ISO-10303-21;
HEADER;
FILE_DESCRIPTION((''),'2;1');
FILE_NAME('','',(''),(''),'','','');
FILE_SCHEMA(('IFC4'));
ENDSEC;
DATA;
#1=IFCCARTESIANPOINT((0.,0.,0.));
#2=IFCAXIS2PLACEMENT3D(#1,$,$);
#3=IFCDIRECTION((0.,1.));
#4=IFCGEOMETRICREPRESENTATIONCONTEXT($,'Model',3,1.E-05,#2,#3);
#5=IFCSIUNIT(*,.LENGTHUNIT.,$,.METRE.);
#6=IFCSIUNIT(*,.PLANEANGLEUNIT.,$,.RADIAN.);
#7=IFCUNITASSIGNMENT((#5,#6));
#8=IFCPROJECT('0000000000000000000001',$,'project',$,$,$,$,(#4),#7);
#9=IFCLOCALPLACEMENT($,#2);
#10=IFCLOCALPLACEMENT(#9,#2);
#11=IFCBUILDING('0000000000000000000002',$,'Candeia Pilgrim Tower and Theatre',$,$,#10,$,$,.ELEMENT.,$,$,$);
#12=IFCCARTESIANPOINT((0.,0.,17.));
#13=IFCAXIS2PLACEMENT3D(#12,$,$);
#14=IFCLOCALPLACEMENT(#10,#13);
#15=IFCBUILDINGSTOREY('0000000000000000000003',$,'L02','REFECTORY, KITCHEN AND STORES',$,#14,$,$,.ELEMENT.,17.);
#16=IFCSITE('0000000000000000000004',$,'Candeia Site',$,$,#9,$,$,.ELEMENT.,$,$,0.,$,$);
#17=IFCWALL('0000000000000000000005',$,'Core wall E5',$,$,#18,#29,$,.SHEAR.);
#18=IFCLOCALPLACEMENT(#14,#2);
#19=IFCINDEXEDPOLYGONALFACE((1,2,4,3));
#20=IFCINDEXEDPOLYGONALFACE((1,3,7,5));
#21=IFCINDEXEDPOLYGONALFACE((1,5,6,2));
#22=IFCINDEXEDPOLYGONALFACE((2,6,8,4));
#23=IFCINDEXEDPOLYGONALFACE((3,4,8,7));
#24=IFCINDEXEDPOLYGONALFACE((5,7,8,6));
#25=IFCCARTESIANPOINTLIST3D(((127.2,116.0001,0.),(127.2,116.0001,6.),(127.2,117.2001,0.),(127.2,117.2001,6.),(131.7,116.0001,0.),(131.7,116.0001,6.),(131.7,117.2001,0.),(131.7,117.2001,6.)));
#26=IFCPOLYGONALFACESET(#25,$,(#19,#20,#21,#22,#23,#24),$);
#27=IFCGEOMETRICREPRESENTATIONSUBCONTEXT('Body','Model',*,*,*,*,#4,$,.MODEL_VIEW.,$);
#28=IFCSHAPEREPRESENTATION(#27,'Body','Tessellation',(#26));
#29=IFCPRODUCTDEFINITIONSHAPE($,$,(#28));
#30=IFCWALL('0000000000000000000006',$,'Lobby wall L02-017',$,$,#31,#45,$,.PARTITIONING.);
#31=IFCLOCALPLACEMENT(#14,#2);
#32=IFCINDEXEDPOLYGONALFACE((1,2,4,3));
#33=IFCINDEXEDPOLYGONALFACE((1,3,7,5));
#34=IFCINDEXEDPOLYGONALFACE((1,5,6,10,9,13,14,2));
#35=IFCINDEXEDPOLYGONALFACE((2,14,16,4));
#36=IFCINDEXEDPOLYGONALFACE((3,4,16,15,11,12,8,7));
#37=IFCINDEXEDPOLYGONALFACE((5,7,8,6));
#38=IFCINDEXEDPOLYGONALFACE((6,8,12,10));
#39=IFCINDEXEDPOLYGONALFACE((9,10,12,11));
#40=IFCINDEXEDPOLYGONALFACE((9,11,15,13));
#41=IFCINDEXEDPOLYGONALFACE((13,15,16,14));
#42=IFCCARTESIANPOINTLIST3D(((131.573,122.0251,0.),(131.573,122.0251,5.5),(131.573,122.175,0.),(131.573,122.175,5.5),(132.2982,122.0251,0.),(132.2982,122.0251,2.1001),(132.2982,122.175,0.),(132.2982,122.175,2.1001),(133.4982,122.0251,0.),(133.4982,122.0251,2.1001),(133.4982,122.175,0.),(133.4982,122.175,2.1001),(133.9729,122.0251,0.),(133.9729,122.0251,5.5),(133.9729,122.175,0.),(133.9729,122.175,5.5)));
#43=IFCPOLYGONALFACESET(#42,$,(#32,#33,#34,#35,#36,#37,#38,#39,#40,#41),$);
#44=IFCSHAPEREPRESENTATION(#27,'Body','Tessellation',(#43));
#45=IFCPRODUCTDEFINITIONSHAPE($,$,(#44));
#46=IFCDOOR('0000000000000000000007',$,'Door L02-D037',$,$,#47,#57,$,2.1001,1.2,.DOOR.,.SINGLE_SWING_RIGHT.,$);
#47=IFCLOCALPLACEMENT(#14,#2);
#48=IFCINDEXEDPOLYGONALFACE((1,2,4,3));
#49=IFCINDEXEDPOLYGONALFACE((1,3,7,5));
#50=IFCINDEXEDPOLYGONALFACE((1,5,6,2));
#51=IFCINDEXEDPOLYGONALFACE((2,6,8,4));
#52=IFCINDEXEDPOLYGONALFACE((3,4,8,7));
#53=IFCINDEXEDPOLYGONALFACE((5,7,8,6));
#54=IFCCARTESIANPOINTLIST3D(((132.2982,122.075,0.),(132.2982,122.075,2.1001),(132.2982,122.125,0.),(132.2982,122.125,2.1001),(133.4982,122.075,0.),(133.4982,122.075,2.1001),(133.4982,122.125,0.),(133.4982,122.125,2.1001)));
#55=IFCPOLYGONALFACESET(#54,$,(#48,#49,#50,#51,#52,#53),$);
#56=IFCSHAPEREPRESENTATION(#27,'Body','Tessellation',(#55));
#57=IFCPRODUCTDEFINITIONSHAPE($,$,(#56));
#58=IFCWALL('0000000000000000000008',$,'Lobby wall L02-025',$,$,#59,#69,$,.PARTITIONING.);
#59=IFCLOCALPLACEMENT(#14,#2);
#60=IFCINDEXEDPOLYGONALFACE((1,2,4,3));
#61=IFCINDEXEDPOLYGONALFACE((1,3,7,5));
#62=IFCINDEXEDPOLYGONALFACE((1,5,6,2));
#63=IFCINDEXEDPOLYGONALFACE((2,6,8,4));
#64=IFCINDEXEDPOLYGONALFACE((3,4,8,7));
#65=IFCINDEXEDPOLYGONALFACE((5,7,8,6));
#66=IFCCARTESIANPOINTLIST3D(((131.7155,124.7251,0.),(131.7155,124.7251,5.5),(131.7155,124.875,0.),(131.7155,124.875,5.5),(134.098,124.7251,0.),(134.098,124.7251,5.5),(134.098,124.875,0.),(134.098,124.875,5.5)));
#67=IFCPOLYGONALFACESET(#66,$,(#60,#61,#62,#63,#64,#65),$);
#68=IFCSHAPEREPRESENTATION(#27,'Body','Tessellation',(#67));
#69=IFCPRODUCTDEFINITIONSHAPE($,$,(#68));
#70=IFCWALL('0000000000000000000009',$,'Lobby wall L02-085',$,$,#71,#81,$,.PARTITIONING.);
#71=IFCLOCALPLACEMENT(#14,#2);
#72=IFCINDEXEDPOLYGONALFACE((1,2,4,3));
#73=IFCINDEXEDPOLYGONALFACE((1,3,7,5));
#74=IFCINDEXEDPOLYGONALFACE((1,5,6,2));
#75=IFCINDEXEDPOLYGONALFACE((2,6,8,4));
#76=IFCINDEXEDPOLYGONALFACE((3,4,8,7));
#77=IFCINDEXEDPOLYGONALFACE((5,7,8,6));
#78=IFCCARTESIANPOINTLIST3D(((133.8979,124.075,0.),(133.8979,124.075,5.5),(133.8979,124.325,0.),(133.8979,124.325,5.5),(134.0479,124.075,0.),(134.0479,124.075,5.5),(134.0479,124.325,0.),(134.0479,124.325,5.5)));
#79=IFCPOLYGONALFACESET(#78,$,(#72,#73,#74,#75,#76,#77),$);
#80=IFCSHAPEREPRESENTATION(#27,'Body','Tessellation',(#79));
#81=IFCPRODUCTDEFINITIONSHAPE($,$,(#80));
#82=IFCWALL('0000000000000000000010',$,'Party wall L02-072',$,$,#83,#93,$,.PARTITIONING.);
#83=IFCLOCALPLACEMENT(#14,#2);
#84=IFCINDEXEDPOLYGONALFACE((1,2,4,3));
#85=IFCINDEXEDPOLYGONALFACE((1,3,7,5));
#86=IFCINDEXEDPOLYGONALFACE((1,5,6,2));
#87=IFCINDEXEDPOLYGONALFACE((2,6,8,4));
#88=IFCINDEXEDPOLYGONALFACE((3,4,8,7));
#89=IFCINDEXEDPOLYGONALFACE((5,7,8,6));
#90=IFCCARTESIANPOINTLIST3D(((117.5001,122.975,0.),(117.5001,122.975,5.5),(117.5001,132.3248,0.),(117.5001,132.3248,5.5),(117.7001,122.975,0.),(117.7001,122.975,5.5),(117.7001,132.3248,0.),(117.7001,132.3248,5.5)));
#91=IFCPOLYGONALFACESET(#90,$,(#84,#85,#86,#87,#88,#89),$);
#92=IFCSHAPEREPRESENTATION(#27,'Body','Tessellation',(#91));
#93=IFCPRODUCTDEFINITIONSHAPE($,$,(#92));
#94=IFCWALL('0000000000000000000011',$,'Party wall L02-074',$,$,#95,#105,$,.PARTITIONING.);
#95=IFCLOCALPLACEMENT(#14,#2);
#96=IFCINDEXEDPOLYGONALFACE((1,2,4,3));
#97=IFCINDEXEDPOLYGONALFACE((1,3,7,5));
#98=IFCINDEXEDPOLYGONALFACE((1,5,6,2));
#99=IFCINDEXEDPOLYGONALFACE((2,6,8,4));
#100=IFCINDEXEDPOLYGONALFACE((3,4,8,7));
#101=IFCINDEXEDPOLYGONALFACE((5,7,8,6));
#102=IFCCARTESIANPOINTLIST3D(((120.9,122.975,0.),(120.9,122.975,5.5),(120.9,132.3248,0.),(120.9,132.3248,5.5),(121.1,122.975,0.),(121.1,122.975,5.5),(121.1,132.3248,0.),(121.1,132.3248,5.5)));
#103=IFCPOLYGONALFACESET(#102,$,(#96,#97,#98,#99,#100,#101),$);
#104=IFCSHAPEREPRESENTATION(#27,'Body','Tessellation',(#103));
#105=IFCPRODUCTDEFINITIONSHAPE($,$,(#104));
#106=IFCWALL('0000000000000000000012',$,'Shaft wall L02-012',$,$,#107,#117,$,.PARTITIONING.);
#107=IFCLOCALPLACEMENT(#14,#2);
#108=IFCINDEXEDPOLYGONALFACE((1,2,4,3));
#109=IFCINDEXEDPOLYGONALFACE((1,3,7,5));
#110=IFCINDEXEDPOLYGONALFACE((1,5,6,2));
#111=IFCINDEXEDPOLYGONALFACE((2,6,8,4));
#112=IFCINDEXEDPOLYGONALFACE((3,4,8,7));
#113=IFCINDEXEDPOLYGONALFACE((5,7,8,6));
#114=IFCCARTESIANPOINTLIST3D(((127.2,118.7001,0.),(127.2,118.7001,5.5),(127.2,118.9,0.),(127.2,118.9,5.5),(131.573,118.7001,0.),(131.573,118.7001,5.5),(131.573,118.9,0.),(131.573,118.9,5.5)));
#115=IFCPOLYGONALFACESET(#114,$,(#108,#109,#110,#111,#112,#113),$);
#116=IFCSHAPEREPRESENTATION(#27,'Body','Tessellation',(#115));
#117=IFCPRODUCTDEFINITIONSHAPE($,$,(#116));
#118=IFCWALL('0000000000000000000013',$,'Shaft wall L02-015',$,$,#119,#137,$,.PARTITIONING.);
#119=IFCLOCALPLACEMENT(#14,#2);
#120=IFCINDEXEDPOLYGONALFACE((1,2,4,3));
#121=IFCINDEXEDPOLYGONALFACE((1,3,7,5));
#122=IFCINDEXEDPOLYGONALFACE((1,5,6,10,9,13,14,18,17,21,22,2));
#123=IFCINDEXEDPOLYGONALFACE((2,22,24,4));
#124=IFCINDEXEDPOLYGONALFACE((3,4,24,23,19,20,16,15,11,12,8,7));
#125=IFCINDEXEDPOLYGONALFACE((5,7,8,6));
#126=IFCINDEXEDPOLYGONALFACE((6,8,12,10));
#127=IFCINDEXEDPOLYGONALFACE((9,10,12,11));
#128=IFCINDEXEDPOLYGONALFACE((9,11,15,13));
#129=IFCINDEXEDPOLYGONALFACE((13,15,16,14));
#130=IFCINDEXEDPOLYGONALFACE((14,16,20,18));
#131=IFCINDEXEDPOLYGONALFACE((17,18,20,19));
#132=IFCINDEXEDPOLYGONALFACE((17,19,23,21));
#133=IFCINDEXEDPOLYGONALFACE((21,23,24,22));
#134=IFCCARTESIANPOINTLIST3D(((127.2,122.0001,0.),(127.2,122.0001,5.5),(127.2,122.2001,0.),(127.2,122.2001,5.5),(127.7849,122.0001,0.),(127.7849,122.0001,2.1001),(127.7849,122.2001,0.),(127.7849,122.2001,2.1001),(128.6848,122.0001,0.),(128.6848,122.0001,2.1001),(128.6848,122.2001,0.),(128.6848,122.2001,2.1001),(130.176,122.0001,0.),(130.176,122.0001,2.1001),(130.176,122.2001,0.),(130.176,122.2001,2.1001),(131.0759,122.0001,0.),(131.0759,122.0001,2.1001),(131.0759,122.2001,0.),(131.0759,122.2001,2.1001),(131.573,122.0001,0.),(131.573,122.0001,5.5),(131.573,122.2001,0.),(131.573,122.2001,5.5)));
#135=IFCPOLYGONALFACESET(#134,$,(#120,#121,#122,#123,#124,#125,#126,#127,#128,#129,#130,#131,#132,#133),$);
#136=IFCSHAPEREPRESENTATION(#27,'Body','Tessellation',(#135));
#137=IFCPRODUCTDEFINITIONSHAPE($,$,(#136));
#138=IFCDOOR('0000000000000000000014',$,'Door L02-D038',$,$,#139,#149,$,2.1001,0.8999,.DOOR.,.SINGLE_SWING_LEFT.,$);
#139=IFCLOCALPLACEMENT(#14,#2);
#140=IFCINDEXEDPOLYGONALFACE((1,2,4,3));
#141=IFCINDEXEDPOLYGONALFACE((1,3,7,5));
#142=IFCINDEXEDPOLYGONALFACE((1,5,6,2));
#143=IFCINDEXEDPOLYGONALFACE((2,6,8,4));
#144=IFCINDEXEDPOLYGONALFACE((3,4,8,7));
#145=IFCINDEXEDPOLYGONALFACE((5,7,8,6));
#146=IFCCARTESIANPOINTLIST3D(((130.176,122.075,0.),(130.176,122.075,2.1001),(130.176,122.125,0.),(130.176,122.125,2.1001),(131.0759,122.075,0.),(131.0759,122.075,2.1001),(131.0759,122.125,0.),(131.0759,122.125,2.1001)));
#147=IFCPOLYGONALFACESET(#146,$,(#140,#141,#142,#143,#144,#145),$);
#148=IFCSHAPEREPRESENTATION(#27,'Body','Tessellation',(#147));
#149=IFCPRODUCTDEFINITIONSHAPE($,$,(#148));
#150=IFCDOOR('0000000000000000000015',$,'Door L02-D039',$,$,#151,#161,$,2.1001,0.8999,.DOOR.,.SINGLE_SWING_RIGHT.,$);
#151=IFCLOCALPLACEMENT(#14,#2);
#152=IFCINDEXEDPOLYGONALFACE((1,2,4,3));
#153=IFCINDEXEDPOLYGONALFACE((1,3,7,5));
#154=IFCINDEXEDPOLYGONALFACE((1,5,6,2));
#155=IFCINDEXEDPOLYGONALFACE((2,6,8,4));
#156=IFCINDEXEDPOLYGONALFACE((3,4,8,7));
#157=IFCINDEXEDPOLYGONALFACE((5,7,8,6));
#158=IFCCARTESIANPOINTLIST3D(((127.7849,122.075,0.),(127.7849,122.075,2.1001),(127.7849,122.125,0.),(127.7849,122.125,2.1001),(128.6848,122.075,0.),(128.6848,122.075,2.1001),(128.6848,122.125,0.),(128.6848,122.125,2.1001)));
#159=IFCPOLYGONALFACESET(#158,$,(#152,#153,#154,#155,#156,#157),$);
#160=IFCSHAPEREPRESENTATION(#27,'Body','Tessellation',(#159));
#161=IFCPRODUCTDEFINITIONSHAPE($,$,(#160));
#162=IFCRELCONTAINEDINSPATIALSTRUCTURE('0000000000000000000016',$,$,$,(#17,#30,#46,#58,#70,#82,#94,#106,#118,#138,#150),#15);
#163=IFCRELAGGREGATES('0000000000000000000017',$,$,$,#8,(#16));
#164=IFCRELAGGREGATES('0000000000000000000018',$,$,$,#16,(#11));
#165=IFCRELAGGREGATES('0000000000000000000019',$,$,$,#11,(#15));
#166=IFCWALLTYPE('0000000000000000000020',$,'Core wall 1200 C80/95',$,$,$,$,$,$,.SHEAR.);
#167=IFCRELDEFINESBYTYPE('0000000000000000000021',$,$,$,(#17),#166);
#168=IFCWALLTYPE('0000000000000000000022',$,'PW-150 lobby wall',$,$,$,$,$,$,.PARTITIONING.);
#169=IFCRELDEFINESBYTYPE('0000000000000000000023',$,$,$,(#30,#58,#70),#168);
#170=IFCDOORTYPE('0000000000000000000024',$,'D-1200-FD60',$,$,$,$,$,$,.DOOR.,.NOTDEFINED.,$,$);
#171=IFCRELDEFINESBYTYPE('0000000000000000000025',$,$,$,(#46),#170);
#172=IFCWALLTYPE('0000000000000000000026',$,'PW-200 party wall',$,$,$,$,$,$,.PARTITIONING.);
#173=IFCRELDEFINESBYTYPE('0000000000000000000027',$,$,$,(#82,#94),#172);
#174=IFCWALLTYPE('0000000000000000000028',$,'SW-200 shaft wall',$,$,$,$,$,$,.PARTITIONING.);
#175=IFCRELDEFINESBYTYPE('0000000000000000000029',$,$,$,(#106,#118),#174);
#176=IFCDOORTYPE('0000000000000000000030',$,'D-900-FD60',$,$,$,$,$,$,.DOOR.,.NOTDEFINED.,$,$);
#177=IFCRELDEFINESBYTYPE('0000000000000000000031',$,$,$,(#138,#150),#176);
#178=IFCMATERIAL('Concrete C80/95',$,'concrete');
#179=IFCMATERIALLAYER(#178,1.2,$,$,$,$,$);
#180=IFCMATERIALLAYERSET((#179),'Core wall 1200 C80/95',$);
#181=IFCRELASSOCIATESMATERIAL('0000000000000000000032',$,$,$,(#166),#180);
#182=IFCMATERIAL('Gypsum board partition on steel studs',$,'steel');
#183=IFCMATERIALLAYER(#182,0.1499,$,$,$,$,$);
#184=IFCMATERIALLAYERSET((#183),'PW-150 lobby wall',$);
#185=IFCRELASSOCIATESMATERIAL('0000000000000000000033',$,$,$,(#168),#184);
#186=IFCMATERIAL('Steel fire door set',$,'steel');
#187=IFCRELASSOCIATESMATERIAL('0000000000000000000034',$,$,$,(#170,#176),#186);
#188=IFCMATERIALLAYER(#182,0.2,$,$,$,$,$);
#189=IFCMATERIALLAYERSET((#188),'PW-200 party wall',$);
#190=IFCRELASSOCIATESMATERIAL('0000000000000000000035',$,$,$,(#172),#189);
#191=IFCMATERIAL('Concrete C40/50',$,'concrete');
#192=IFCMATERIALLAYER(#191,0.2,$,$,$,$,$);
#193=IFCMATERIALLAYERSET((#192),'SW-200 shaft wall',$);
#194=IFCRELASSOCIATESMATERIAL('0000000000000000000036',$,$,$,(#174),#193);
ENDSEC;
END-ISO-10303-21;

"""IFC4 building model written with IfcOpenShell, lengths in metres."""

from ifc_helpers import new_model, si_unit, direction, frame, frame_2d, origin, place, context, subcontext, project, spatial, rectangle, extrude, material, layer, layer_set, type_object, element, fill, save


model = new_model("IFC4")

# Units and contexts
model_context = context("Model", 3, precision=1e-05, world=origin(), true_north=direction((0.0, 1.0)))
body_context = subcontext(model_context, "Body", "Model", "MODEL_VIEW")
ifc_project = project(units=[si_unit("LENGTHUNIT", "METRE"), si_unit("PLANEANGLEUNIT", "RADIAN")], contexts=[model_context])

# Site, building, storey
site_placement = place(None, origin())
site = spatial("IfcSite", under=ifc_project, at=site_placement, Name="Candeia Site", CompositionType="ELEMENT", RefElevation=0.0)
building_placement = place(site_placement, origin())
building = spatial("IfcBuilding", under=site, at=building_placement, Name="Candeia Pilgrim Tower and Theatre", CompositionType="ELEMENT")
storey_placement = place(building_placement, frame((0.0, 0.0, 17.0)))
storey = spatial("IfcBuildingStorey", under=building, at=storey_placement, Name="L02", Description="REFECTORY, KITCHEN AND STORES", CompositionType="ELEMENT", Elevation=17.0)

# Wall
ifc_material_1 = material(Name="Concrete C80/95", Category="concrete")
ifc_layer_1 = layer(ifc_material_1, 1.2)
ifc_layer_set_1 = layer_set([ifc_layer_1], Name="Core wall 1200 C80/95")
wall_type_1 = type_object("IfcWallType", Name="Core wall 1200 C80/95", PredefinedType="SHEAR", material=ifc_layer_set_1)
wall_1_placement = place(storey_placement, frame((127.2, 116.6001, 0.0), z_axis=(0.0, 0.0, 1.0), x_axis=(1.0, 0.0, 0.0)))
element("IfcWall", 1, at=wall_1_placement, inside=storey, type_object=wall_type_1, Name="Core wall E5", PredefinedType="SHEAR", context=body_context, shape_type="SweptSolid", body=[
    extrude(rectangle(XDim=4.5, YDim=1.2, at=frame_2d((2.25, 0.0))), origin(), (0.0, 0.0, 1.0), 6.0),
])

# Wall, opening, door
ifc_material_2 = material(Name="Gypsum board partition on steel studs", Category="steel")
ifc_layer_2 = layer(ifc_material_2, 0.1499)
ifc_layer_set_2 = layer_set([ifc_layer_2], Name="PW-150 lobby wall")
wall_type_2 = type_object("IfcWallType", Name="PW-150 lobby wall", PredefinedType="PARTITIONING", material=ifc_layer_set_2)
wall_2_placement = place(storey_placement, frame((131.573, 122.1001, 0.0), z_axis=(0.0, 0.0, 1.0), x_axis=(1.0, 0.0, 0.0)))
wall_2 = element("IfcWall", 2, at=wall_2_placement, inside=storey, type_object=wall_type_2, Name="Lobby wall L02-017", PredefinedType="PARTITIONING", context=body_context, shape_type="SweptSolid", body=[
    extrude(rectangle(XDim=2.3999, YDim=0.1499, at=frame_2d((1.2, 0.0))), origin(), (0.0, 0.0, 1.0), 5.5),
])
opening_1_placement = place(wall_2_placement, frame((0.7251, 0.0, 0.0)))
opening_1 = element("IfcOpeningElement", 3, at=opening_1_placement, cuts=wall_2, PredefinedType="OPENING", context=body_context, shape_type="SweptSolid", body=[
    extrude(rectangle(XDim=1.2, YDim=2.1001, at=frame_2d((0.6001, 1.05))), frame((0.0, 0.085, 0.0), z_axis=(0.0, -1.0, 0.0), x_axis=(1.0, 0.0, 0.0)), (0.0, 0.0, 1.0), 0.1699),
])
ifc_material_3 = material(Name="Steel fire door set", Category="steel")
door_type_1 = type_object("IfcDoorType", Name="D-1200-FD60", OperationType="NOTDEFINED", PredefinedType="DOOR", material=ifc_material_3)
door_1_placement = place(opening_1_placement, origin())
door_1 = element("IfcDoor", 4, at=door_1_placement, inside=storey, type_object=door_type_1, Name="Door L02-D037", OperationType="SINGLE_SWING_RIGHT", OverallHeight=2.1001, OverallWidth=1.2, PredefinedType="DOOR", context=body_context, shape_type="SweptSolid", body=[
    extrude(rectangle(XDim=1.2, YDim=2.1001, at=frame_2d((0.6001, 1.05))), frame((0.0, 0.0249, 0.0), z_axis=(0.0, -1.0, 0.0), x_axis=(1.0, 0.0, 0.0)), (0.0, 0.0, 1.0), 0.05),
])
fill(opening_1, door_1)

# Walls
wall_3_placement = place(storey_placement, frame((131.7153, 124.8, 0.0), z_axis=(0.0, 0.0, 1.0), x_axis=(1.0, 0.0, 0.0)))
element("IfcWall", 5, at=wall_3_placement, inside=storey, type_object=wall_type_2, Name="Lobby wall L02-025", PredefinedType="PARTITIONING", context=body_context, shape_type="SweptSolid", body=[
    extrude(rectangle(XDim=2.3826, YDim=0.1499, at=frame_2d((1.1914, 0.0))), origin(), (0.0, 0.0, 1.0), 5.5),
])
wall_4_placement = place(storey_placement, frame((133.9729, 124.075, 0.0), z_axis=(0.0, 0.0, 1.0), x_axis=(0.0, 1.0, 0.0)))
element("IfcWall", 6, at=wall_4_placement, inside=storey, type_object=wall_type_2, Name="Lobby wall L02-085", PredefinedType="PARTITIONING", context=body_context, shape_type="SweptSolid", body=[
    extrude(rectangle(XDim=0.25, YDim=0.1499, at=frame_2d((0.125, 0.0))), origin(), (0.0, 0.0, 1.0), 5.5),
])
ifc_layer_3 = layer(ifc_material_2, 0.2)
ifc_layer_set_3 = layer_set([ifc_layer_3], Name="PW-200 party wall")
wall_type_3 = type_object("IfcWallType", Name="PW-200 party wall", PredefinedType="PARTITIONING", material=ifc_layer_set_3)
for number, where, z_axis, x_axis, name in (
    (7, (117.6001, 122.9751, 0.0), (0.0, 0.0, 1.0), (0.0, 1.0, 0.0), "Party wall L02-072"),
    (8, (121.0, 122.9751, 0.0), (0.0, 0.0, 1.0), (0.0, 1.0, 0.0), "Party wall L02-074"),
):
    element("IfcWall", number, at=place(storey_placement, frame(where, z_axis=z_axis, x_axis=x_axis)), inside=storey, type_object=wall_type_3, Name=name, PredefinedType="PARTITIONING", context=body_context, shape_type="SweptSolid", body=[
        extrude(rectangle(XDim=9.3499, YDim=0.2, at=frame_2d((4.6748, 0.0))), origin(), (0.0, 0.0, 1.0), 5.5),
    ])
ifc_material_4 = material(Name="Concrete C40/50", Category="concrete")
ifc_layer_4 = layer(ifc_material_4, 0.2)
ifc_layer_set_4 = layer_set([ifc_layer_4], Name="SW-200 shaft wall")
wall_type_4 = type_object("IfcWallType", Name="SW-200 shaft wall", PredefinedType="PARTITIONING", material=ifc_layer_set_4)
wall_5_placement = place(storey_placement, frame((127.2, 118.8, 0.0), z_axis=(0.0, 0.0, 1.0), x_axis=(1.0, 0.0, 0.0)))
element("IfcWall", 9, at=wall_5_placement, inside=storey, type_object=wall_type_4, Name="Shaft wall L02-012", PredefinedType="PARTITIONING", context=body_context, shape_type="SweptSolid", body=[
    extrude(rectangle(XDim=4.373, YDim=0.2, at=frame_2d((2.1865, 0.0))), origin(), (0.0, 0.0, 1.0), 5.5),
])

# Wall, openings, doors
wall_6_placement = place(storey_placement, frame((127.2, 122.1001, 0.0), z_axis=(0.0, 0.0, 1.0), x_axis=(1.0, 0.0, 0.0)))
wall_6 = element("IfcWall", 10, at=wall_6_placement, inside=storey, type_object=wall_type_4, Name="Shaft wall L02-015", PredefinedType="PARTITIONING", context=body_context, shape_type="SweptSolid", body=[
    extrude(rectangle(XDim=4.373, YDim=0.2, at=frame_2d((2.1865, 0.0))), origin(), (0.0, 0.0, 1.0), 5.5),
])
opening_2_placement = place(wall_6_placement, frame((2.9761, 0.0, 0.0)))
opening_2 = element("IfcOpeningElement", 11, at=opening_2_placement, cuts=wall_6, PredefinedType="OPENING", context=body_context, shape_type="SweptSolid", body=[
    extrude(rectangle(XDim=0.8999, YDim=2.1001, at=frame_2d((0.45, 1.05))), frame((0.0, 0.1099, 0.0), z_axis=(0.0, -1.0, 0.0), x_axis=(1.0, 0.0, 0.0)), (0.0, 0.0, 1.0), 0.22),
])
opening_3_placement = place(wall_6_placement, frame((0.585, 0.0, 0.0)))
opening_3 = element("IfcOpeningElement", 12, at=opening_3_placement, cuts=wall_6, PredefinedType="OPENING", context=body_context, shape_type="SweptSolid", body=[
    extrude(rectangle(XDim=0.8999, YDim=2.1001, at=frame_2d((0.45, 1.05))), frame((0.0, 0.1099, 0.0), z_axis=(0.0, -1.0, 0.0), x_axis=(1.0, 0.0, 0.0)), (0.0, 0.0, 1.0), 0.22),
])
door_type_2 = type_object("IfcDoorType", Name="D-900-FD60", OperationType="NOTDEFINED", PredefinedType="DOOR", material=ifc_material_3)
door_2_placement = place(opening_2_placement, origin())
door_2 = element("IfcDoor", 13, at=door_2_placement, inside=storey, type_object=door_type_2, Name="Door L02-D038", OperationType="SINGLE_SWING_LEFT", OverallHeight=2.1001, OverallWidth=0.8999, PredefinedType="DOOR", context=body_context, shape_type="SweptSolid", body=[
    extrude(rectangle(XDim=0.8999, YDim=2.1001, at=frame_2d((0.45, 1.05))), frame((0.0, 0.0249, 0.0), z_axis=(0.0, -1.0, 0.0), x_axis=(1.0, 0.0, 0.0)), (0.0, 0.0, 1.0), 0.05),
])
fill(opening_2, door_2)
door_3_placement = place(opening_3_placement, origin())
door_3 = element("IfcDoor", 14, at=door_3_placement, inside=storey, type_object=door_type_2, Name="Door L02-D039", OperationType="SINGLE_SWING_RIGHT", OverallHeight=2.1001, OverallWidth=0.8999, PredefinedType="DOOR", context=body_context, shape_type="SweptSolid", body=[
    extrude(rectangle(XDim=0.8999, YDim=2.1001, at=frame_2d((0.45, 1.05))), frame((0.0, 0.0249, 0.0), z_axis=(0.0, -1.0, 0.0), x_axis=(1.0, 0.0, 0.0)), (0.0, 0.0, 1.0), 0.05),
])
fill(opening_3, door_3)

save(model, "model.ifc")
